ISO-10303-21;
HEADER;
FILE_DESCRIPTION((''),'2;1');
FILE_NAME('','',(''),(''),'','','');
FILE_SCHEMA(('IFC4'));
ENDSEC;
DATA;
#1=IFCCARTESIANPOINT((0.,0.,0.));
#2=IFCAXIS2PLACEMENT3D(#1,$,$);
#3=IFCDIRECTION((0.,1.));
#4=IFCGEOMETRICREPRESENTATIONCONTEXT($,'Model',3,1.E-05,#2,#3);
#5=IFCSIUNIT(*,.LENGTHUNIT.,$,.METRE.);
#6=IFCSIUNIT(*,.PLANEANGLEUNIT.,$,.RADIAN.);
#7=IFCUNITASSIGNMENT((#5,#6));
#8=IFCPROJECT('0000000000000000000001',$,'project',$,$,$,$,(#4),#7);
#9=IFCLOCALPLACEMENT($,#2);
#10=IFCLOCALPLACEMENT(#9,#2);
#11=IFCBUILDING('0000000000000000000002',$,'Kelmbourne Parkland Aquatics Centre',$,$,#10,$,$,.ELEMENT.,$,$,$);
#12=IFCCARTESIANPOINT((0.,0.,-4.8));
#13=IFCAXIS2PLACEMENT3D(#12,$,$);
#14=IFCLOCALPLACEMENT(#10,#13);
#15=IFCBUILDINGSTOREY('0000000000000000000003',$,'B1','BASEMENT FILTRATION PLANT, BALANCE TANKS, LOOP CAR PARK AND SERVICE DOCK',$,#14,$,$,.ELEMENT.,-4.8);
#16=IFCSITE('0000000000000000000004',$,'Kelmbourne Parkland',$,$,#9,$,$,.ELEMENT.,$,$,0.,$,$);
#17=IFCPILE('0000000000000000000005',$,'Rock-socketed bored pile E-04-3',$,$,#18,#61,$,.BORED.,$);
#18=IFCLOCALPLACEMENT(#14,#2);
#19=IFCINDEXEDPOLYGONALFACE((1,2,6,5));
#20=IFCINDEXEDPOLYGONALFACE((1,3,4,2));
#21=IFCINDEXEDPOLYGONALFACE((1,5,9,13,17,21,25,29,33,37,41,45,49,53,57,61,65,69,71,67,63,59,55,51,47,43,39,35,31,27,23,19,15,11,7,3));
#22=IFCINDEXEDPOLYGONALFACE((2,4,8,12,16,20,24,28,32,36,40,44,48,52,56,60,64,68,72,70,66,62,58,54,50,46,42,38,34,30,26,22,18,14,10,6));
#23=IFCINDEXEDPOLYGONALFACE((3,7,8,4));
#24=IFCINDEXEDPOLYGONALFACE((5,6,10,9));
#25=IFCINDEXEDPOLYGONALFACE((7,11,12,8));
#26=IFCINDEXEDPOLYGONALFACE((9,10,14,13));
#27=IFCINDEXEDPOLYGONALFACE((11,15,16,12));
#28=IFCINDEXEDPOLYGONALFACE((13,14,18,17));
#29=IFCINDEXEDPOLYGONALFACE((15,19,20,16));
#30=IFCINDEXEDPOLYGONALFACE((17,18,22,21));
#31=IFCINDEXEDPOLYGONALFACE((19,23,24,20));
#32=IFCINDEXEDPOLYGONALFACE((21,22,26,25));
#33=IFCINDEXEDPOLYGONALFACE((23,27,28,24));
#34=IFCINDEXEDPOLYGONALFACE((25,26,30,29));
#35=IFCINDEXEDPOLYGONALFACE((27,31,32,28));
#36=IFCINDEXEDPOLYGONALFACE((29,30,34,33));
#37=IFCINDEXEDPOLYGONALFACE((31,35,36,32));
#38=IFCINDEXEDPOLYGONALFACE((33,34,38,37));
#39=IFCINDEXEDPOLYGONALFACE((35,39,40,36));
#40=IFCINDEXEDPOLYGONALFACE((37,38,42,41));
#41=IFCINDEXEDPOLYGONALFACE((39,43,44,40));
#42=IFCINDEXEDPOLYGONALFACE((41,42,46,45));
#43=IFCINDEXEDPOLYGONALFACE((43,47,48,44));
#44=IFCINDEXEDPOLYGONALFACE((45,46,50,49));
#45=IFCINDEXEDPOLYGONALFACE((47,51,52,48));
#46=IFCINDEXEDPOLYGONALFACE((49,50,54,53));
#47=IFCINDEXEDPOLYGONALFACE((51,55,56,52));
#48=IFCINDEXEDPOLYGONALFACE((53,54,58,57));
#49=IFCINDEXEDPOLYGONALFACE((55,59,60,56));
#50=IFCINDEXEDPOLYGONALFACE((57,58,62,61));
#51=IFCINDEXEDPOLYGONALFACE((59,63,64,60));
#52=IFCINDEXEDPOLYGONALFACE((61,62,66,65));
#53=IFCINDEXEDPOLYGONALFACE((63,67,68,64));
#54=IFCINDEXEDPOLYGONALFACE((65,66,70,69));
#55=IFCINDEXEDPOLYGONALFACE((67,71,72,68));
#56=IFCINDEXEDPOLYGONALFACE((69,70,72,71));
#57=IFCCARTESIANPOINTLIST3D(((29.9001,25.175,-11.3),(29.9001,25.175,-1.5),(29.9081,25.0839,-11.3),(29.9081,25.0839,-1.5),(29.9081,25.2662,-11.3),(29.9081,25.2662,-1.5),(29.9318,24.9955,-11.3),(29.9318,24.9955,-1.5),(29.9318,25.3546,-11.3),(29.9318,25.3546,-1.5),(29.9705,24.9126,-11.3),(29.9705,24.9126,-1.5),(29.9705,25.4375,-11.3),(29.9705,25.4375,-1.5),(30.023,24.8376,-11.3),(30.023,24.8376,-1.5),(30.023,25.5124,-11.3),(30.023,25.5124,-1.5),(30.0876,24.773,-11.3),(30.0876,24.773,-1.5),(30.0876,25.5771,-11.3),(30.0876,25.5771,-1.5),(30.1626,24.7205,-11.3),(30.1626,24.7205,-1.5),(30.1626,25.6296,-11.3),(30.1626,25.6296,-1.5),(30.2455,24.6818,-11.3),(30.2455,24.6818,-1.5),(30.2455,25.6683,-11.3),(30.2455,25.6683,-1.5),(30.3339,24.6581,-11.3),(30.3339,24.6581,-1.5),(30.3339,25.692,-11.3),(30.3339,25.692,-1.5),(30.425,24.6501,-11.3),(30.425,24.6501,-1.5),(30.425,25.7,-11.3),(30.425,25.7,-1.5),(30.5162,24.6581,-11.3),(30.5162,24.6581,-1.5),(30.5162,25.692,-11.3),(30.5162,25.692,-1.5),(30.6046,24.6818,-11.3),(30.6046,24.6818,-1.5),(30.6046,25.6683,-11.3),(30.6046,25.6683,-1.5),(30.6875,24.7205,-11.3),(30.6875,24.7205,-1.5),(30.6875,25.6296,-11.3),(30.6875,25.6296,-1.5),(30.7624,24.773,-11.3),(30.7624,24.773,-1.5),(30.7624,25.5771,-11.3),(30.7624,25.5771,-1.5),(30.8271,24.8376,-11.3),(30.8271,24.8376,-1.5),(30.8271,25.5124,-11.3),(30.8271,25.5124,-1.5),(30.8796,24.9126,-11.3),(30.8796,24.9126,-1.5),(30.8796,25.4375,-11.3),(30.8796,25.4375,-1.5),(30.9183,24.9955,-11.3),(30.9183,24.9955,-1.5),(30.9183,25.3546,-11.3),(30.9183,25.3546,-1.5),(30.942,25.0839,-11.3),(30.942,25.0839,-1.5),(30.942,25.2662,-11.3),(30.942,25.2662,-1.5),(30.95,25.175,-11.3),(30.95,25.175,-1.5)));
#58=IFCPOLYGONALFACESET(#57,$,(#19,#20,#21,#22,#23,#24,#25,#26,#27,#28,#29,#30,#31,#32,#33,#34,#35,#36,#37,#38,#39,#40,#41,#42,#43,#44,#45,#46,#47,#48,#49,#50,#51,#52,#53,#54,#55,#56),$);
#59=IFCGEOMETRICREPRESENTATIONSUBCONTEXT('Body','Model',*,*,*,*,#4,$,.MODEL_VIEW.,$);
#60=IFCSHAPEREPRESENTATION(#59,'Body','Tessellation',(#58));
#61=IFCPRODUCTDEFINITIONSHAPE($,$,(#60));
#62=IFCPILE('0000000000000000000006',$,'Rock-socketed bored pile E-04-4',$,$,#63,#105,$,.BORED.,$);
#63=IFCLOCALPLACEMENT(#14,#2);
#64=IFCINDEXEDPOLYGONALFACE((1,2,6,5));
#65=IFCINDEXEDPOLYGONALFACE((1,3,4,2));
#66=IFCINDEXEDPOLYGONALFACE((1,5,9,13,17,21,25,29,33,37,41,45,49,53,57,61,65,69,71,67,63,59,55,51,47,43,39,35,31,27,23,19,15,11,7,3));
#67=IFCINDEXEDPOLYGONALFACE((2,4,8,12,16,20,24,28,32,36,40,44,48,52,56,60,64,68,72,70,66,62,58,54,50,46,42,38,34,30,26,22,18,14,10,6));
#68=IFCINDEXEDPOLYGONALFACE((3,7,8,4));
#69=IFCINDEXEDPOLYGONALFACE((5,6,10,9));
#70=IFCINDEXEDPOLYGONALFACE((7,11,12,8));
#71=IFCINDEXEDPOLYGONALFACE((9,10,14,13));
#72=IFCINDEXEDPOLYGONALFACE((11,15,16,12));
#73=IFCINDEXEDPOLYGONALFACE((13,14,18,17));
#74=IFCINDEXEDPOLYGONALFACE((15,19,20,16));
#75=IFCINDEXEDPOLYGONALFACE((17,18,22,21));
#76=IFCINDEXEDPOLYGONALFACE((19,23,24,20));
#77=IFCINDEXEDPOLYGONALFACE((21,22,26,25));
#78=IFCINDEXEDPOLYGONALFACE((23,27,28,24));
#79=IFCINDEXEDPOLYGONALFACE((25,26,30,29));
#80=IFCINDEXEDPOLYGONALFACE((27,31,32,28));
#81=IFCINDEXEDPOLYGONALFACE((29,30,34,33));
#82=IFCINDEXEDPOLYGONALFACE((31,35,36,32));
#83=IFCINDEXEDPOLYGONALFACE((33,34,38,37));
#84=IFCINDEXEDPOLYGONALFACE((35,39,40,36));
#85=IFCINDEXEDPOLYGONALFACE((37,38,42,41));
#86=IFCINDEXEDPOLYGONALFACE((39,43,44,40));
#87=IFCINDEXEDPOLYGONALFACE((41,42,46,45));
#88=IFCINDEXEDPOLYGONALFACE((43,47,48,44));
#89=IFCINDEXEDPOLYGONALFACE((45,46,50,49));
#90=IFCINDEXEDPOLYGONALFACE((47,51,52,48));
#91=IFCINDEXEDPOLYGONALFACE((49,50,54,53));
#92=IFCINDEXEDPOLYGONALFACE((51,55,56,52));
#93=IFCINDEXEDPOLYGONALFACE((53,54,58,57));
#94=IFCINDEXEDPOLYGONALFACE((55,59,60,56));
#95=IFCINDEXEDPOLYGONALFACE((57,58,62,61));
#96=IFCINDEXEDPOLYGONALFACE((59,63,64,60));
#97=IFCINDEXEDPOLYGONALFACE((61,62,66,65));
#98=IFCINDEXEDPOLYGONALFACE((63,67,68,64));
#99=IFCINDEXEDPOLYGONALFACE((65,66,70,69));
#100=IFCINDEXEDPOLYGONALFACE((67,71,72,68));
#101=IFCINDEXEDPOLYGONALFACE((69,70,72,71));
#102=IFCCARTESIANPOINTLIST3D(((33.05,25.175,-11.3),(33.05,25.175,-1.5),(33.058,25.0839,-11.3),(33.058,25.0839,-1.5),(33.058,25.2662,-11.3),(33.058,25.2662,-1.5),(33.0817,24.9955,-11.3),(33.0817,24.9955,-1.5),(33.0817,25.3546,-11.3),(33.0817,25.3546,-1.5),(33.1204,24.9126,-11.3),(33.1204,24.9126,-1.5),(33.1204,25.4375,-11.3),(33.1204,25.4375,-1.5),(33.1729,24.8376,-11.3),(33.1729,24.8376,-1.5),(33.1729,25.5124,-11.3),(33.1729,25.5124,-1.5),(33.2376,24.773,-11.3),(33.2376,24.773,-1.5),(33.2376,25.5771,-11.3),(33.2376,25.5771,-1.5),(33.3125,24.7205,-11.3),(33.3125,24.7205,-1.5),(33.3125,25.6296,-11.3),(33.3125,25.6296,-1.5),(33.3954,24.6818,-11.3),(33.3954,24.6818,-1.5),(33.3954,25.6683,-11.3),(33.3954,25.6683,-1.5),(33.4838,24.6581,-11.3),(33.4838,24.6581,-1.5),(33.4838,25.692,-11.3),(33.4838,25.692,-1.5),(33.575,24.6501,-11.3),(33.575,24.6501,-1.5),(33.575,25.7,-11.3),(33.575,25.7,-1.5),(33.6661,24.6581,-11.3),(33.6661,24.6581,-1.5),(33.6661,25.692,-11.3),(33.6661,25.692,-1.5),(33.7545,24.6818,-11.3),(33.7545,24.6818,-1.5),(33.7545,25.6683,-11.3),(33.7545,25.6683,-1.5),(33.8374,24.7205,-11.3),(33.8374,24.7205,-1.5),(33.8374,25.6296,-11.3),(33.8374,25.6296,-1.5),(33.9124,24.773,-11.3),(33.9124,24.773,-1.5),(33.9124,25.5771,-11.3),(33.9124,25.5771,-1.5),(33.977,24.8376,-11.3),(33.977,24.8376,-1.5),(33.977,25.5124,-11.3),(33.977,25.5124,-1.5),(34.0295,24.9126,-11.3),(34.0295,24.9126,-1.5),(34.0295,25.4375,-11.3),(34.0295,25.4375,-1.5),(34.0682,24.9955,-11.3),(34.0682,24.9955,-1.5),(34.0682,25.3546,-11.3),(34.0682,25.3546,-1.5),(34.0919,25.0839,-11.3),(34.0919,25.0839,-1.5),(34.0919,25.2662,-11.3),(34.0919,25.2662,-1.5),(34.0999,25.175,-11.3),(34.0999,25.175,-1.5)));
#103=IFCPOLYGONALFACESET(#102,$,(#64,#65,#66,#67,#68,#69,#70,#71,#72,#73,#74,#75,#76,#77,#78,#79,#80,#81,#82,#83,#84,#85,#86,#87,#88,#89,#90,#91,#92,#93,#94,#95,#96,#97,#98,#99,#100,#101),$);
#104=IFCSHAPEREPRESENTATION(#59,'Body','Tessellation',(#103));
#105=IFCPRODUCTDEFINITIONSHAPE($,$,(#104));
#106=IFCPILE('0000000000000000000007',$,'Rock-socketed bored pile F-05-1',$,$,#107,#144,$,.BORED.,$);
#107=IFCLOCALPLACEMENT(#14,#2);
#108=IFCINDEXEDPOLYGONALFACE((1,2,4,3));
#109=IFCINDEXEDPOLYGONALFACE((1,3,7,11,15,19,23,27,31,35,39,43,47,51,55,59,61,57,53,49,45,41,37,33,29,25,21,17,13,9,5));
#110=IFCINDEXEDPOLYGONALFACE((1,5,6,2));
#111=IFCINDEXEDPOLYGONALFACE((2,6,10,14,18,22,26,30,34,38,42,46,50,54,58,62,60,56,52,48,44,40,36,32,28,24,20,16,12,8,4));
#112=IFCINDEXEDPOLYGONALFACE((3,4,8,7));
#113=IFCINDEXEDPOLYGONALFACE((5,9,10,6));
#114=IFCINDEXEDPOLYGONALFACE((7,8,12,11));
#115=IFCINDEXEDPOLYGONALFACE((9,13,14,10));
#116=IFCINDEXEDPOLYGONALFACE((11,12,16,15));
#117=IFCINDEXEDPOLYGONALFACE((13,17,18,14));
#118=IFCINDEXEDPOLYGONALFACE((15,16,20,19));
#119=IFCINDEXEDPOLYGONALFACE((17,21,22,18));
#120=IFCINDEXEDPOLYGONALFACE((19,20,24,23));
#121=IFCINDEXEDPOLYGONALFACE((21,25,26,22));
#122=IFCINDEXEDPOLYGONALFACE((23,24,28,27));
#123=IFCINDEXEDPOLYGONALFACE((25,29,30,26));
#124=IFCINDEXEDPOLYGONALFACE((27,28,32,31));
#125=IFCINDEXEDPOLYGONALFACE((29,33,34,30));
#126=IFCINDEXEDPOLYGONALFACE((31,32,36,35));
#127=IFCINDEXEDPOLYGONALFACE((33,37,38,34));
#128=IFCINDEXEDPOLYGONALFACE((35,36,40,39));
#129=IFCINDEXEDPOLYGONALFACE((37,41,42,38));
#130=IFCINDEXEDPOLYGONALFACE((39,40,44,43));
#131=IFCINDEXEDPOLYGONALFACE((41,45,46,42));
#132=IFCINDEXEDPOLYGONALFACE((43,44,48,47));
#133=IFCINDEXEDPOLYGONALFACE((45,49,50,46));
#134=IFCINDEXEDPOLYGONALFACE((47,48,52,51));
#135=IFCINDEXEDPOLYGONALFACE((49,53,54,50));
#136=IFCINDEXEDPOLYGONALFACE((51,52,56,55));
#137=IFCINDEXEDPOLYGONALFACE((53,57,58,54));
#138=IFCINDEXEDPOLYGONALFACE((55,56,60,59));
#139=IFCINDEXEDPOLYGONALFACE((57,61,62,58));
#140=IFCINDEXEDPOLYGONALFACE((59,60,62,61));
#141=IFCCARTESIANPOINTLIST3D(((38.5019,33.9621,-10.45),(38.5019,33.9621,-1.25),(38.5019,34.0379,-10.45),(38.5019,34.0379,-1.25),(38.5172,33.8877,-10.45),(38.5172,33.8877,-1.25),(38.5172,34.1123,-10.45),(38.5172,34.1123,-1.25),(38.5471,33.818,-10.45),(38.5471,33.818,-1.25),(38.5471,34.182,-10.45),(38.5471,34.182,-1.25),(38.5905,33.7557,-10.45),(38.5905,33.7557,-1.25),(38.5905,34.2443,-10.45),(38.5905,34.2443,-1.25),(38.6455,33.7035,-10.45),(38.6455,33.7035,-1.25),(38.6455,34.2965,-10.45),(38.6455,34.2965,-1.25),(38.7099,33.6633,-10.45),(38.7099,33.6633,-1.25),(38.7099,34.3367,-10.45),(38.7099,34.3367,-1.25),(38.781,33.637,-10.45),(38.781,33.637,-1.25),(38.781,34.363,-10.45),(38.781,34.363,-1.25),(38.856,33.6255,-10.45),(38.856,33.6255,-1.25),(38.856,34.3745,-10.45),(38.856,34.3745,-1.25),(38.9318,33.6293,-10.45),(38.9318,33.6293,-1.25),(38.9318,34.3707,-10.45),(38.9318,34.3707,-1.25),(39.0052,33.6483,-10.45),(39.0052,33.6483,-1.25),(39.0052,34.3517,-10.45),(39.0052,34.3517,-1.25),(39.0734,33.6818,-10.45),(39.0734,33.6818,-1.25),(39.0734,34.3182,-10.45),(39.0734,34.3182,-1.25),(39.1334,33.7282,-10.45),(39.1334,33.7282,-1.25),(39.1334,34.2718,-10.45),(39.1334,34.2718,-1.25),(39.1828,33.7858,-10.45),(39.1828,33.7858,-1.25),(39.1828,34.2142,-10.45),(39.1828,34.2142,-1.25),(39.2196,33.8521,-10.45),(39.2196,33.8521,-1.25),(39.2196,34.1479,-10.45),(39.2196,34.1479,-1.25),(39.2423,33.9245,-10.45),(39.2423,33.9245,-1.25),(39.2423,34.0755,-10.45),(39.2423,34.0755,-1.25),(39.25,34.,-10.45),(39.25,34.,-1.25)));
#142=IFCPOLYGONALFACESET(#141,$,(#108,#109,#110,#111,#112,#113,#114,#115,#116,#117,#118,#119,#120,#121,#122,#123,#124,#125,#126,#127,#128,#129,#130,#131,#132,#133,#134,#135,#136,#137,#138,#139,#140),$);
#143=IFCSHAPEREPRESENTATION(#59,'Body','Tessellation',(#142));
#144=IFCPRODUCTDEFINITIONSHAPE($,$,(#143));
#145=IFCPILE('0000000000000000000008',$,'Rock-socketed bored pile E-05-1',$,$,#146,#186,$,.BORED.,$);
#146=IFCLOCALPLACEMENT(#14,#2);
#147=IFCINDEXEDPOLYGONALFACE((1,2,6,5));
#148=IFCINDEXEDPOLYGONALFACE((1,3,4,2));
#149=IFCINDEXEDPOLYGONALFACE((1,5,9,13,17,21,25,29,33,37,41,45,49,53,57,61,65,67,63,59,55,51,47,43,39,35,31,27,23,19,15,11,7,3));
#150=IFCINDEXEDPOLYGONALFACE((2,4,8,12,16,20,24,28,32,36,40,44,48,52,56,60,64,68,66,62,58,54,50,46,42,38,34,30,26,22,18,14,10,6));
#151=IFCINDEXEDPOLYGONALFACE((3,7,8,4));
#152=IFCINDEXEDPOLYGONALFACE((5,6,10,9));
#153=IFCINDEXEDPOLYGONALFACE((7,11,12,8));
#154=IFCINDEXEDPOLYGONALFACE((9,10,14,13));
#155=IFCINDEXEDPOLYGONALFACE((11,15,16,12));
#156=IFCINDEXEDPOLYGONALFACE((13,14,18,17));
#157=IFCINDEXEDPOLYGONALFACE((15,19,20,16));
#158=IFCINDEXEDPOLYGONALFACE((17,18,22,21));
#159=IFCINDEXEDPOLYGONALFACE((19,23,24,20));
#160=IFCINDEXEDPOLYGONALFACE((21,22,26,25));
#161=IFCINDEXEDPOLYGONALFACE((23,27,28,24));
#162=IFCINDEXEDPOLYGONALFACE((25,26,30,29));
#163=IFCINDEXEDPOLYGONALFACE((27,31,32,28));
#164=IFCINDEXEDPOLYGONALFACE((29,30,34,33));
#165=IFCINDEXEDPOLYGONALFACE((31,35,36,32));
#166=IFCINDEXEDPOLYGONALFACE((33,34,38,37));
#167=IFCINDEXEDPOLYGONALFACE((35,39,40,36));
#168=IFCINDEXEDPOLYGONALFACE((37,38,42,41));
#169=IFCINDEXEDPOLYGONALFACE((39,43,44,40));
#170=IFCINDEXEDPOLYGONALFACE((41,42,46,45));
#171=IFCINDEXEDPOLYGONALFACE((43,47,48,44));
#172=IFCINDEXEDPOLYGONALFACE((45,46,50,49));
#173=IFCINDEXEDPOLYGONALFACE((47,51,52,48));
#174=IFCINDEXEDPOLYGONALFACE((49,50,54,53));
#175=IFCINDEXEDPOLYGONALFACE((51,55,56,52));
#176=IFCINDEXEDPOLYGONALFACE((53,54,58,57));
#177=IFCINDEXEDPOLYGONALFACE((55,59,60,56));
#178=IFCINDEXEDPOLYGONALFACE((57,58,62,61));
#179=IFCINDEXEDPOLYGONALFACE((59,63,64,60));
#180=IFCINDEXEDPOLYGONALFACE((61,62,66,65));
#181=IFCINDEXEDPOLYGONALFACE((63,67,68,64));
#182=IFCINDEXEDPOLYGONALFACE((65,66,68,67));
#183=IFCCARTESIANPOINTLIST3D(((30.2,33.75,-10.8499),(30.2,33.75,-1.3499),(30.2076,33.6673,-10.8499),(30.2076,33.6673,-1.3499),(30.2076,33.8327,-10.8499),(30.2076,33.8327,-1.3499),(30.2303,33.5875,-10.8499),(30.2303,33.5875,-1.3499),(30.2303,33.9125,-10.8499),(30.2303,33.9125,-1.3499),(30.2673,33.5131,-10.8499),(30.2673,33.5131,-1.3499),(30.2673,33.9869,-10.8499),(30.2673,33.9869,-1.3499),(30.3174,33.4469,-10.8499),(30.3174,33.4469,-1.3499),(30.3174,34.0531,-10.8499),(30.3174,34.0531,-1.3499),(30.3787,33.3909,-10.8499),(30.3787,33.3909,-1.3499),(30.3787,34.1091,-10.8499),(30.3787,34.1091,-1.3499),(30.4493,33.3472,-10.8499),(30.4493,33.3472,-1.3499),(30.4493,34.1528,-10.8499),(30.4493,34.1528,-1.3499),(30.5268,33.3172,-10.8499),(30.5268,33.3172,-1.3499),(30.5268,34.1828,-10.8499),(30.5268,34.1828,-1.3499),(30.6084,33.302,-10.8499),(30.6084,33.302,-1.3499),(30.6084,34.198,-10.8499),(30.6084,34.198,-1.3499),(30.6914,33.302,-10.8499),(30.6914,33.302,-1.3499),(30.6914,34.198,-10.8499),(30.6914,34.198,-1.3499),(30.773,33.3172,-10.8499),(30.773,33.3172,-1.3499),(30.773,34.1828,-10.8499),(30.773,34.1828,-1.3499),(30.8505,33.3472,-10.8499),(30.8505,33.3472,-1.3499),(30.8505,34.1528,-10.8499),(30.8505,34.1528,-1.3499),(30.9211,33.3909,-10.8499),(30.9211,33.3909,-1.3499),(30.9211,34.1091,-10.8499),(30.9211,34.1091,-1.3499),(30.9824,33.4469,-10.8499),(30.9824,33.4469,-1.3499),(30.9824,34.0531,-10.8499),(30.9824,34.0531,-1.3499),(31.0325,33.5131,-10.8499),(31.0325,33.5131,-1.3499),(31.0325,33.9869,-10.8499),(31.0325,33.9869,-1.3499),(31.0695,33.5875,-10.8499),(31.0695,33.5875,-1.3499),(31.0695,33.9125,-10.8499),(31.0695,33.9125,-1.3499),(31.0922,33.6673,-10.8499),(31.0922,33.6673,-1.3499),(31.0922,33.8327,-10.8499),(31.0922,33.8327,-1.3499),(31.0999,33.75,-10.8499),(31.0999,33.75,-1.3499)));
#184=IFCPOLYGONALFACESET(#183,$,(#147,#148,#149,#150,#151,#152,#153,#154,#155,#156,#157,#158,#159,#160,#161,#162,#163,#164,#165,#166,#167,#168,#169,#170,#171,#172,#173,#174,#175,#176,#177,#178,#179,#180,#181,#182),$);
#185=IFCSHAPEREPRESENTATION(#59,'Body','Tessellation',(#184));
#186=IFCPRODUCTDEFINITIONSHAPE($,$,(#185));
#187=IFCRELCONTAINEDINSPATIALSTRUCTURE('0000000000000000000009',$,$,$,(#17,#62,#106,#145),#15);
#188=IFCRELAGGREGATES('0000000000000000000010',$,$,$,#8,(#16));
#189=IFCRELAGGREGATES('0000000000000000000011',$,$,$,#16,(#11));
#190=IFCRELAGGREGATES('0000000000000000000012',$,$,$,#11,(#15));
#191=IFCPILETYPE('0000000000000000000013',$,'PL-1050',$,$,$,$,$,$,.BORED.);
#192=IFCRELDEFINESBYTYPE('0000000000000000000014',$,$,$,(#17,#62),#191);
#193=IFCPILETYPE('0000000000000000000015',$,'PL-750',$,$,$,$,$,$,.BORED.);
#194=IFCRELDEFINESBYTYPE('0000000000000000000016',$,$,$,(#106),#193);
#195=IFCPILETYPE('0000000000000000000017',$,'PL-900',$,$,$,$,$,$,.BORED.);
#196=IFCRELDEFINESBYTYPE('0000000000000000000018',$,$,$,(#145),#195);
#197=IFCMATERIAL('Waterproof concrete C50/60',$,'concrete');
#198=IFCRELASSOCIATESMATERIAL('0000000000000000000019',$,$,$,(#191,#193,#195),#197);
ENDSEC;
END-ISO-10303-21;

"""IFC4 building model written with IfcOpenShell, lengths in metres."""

from ifc_helpers import new_model, si_unit, direction, frame, origin, origin_2d, place, context, subcontext, project, spatial, circle, extrude, material, material_profile, profile_set, type_object, element, save


model = new_model("IFC4")

# Units and contexts
model_context = context("Model", 3, precision=1e-05, world=origin(), true_north=direction((0.0, 1.0)))
body_context = subcontext(model_context, "Body", "Model", "MODEL_VIEW")
ifc_project = project(units=[si_unit("LENGTHUNIT", "METRE"), si_unit("PLANEANGLEUNIT", "RADIAN")], contexts=[model_context])

# Site, building, storey
site_placement = place(None, origin())
site = spatial("IfcSite", under=ifc_project, at=site_placement, Name="Kelmbourne Parkland", CompositionType="ELEMENT", RefElevation=0.0)
building_placement = place(site_placement, origin())
building = spatial("IfcBuilding", under=site, at=building_placement, Name="Kelmbourne Parkland Aquatics Centre", CompositionType="ELEMENT")
storey_placement = place(building_placement, frame((0.0, 0.0, -4.8)))
storey = spatial("IfcBuildingStorey", under=building, at=storey_placement, Name="B1", Description="BASEMENT FILTRATION PLANT, BALANCE TANKS, LOOP CAR PARK AND SERVICE DOCK", CompositionType="ELEMENT", Elevation=-4.8)

# Shared definitions
ifc_material_1 = material(Name="Waterproof concrete C50/60", Category="concrete")

# Piles
ifc_material_profile_1 = material_profile(ifc_material_1, circle(Radius=0.5249, at=origin_2d()), Name="PILE D1050")
ifc_profile_set_1 = profile_set([ifc_material_profile_1], Name="Waterproof concrete C50/60")
pile_type_1 = type_object("IfcPileType", Name="PL-1050", PredefinedType="BORED", material=ifc_profile_set_1)
for number, where, z_axis, x_axis, name in (
    (1, (30.425, 25.175, -1.5), (0.0, 0.0, -1.0), (1.0, 0.0, 0.0), "Rock-socketed bored pile E-04-3"),
    (2, (33.575, 25.175, -1.5), (0.0, 0.0, -1.0), (1.0, 0.0, 0.0), "Rock-socketed bored pile E-04-4"),
):
    element("IfcPile", number, at=place(storey_placement, frame(where, z_axis=z_axis, x_axis=x_axis)), inside=storey, type_object=pile_type_1, Name=name, PredefinedType="BORED", context=body_context, shape_type="SweptSolid", body=[
        extrude(circle(Radius=0.5249, at=origin_2d()), origin(), (0.0, 0.0, 1.0), 9.8),
    ])
ifc_material_profile_2 = material_profile(ifc_material_1, circle(Radius=0.375, at=origin_2d()), Name="PILE D750")
ifc_profile_set_2 = profile_set([ifc_material_profile_2], Name="Waterproof concrete C50/60")
pile_type_2 = type_object("IfcPileType", Name="PL-750", PredefinedType="BORED", material=ifc_profile_set_2)
pile_placement = place(storey_placement, frame((38.875, 34.0, -1.25), z_axis=(0.0, 0.0, -1.0), x_axis=(1.0, 0.0, 0.0)))
element("IfcPile", 3, at=pile_placement, inside=storey, type_object=pile_type_2, Name="Rock-socketed bored pile F-05-1", PredefinedType="BORED", context=body_context, shape_type="SweptSolid", body=[
    extrude(circle(Radius=0.375, at=origin_2d()), origin(), (0.0, 0.0, 1.0), 9.2),
])
ifc_material_profile_3 = material_profile(ifc_material_1, circle(Radius=0.45, at=origin_2d()), Name="PILE D900")
ifc_profile_set_3 = profile_set([ifc_material_profile_3], Name="Waterproof concrete C50/60")
pile_type_3 = type_object("IfcPileType", Name="PL-900", PredefinedType="BORED", material=ifc_profile_set_3)
for number, where, z_axis, x_axis, name in (
    (4, (30.6499, 33.75, -1.3499), (0.0, 0.0, -1.0), (1.0, 0.0, 0.0), "Rock-socketed bored pile E-05-1"),
):
    element("IfcPile", number, at=place(storey_placement, frame(where, z_axis=z_axis, x_axis=x_axis)), inside=storey, type_object=pile_type_3, Name=name, PredefinedType="BORED", context=body_context, shape_type="SweptSolid", body=[
        extrude(circle(Radius=0.45, at=origin_2d()), origin(), (0.0, 0.0, 1.0), 9.5),
    ])

save(model, "model.ifc")
